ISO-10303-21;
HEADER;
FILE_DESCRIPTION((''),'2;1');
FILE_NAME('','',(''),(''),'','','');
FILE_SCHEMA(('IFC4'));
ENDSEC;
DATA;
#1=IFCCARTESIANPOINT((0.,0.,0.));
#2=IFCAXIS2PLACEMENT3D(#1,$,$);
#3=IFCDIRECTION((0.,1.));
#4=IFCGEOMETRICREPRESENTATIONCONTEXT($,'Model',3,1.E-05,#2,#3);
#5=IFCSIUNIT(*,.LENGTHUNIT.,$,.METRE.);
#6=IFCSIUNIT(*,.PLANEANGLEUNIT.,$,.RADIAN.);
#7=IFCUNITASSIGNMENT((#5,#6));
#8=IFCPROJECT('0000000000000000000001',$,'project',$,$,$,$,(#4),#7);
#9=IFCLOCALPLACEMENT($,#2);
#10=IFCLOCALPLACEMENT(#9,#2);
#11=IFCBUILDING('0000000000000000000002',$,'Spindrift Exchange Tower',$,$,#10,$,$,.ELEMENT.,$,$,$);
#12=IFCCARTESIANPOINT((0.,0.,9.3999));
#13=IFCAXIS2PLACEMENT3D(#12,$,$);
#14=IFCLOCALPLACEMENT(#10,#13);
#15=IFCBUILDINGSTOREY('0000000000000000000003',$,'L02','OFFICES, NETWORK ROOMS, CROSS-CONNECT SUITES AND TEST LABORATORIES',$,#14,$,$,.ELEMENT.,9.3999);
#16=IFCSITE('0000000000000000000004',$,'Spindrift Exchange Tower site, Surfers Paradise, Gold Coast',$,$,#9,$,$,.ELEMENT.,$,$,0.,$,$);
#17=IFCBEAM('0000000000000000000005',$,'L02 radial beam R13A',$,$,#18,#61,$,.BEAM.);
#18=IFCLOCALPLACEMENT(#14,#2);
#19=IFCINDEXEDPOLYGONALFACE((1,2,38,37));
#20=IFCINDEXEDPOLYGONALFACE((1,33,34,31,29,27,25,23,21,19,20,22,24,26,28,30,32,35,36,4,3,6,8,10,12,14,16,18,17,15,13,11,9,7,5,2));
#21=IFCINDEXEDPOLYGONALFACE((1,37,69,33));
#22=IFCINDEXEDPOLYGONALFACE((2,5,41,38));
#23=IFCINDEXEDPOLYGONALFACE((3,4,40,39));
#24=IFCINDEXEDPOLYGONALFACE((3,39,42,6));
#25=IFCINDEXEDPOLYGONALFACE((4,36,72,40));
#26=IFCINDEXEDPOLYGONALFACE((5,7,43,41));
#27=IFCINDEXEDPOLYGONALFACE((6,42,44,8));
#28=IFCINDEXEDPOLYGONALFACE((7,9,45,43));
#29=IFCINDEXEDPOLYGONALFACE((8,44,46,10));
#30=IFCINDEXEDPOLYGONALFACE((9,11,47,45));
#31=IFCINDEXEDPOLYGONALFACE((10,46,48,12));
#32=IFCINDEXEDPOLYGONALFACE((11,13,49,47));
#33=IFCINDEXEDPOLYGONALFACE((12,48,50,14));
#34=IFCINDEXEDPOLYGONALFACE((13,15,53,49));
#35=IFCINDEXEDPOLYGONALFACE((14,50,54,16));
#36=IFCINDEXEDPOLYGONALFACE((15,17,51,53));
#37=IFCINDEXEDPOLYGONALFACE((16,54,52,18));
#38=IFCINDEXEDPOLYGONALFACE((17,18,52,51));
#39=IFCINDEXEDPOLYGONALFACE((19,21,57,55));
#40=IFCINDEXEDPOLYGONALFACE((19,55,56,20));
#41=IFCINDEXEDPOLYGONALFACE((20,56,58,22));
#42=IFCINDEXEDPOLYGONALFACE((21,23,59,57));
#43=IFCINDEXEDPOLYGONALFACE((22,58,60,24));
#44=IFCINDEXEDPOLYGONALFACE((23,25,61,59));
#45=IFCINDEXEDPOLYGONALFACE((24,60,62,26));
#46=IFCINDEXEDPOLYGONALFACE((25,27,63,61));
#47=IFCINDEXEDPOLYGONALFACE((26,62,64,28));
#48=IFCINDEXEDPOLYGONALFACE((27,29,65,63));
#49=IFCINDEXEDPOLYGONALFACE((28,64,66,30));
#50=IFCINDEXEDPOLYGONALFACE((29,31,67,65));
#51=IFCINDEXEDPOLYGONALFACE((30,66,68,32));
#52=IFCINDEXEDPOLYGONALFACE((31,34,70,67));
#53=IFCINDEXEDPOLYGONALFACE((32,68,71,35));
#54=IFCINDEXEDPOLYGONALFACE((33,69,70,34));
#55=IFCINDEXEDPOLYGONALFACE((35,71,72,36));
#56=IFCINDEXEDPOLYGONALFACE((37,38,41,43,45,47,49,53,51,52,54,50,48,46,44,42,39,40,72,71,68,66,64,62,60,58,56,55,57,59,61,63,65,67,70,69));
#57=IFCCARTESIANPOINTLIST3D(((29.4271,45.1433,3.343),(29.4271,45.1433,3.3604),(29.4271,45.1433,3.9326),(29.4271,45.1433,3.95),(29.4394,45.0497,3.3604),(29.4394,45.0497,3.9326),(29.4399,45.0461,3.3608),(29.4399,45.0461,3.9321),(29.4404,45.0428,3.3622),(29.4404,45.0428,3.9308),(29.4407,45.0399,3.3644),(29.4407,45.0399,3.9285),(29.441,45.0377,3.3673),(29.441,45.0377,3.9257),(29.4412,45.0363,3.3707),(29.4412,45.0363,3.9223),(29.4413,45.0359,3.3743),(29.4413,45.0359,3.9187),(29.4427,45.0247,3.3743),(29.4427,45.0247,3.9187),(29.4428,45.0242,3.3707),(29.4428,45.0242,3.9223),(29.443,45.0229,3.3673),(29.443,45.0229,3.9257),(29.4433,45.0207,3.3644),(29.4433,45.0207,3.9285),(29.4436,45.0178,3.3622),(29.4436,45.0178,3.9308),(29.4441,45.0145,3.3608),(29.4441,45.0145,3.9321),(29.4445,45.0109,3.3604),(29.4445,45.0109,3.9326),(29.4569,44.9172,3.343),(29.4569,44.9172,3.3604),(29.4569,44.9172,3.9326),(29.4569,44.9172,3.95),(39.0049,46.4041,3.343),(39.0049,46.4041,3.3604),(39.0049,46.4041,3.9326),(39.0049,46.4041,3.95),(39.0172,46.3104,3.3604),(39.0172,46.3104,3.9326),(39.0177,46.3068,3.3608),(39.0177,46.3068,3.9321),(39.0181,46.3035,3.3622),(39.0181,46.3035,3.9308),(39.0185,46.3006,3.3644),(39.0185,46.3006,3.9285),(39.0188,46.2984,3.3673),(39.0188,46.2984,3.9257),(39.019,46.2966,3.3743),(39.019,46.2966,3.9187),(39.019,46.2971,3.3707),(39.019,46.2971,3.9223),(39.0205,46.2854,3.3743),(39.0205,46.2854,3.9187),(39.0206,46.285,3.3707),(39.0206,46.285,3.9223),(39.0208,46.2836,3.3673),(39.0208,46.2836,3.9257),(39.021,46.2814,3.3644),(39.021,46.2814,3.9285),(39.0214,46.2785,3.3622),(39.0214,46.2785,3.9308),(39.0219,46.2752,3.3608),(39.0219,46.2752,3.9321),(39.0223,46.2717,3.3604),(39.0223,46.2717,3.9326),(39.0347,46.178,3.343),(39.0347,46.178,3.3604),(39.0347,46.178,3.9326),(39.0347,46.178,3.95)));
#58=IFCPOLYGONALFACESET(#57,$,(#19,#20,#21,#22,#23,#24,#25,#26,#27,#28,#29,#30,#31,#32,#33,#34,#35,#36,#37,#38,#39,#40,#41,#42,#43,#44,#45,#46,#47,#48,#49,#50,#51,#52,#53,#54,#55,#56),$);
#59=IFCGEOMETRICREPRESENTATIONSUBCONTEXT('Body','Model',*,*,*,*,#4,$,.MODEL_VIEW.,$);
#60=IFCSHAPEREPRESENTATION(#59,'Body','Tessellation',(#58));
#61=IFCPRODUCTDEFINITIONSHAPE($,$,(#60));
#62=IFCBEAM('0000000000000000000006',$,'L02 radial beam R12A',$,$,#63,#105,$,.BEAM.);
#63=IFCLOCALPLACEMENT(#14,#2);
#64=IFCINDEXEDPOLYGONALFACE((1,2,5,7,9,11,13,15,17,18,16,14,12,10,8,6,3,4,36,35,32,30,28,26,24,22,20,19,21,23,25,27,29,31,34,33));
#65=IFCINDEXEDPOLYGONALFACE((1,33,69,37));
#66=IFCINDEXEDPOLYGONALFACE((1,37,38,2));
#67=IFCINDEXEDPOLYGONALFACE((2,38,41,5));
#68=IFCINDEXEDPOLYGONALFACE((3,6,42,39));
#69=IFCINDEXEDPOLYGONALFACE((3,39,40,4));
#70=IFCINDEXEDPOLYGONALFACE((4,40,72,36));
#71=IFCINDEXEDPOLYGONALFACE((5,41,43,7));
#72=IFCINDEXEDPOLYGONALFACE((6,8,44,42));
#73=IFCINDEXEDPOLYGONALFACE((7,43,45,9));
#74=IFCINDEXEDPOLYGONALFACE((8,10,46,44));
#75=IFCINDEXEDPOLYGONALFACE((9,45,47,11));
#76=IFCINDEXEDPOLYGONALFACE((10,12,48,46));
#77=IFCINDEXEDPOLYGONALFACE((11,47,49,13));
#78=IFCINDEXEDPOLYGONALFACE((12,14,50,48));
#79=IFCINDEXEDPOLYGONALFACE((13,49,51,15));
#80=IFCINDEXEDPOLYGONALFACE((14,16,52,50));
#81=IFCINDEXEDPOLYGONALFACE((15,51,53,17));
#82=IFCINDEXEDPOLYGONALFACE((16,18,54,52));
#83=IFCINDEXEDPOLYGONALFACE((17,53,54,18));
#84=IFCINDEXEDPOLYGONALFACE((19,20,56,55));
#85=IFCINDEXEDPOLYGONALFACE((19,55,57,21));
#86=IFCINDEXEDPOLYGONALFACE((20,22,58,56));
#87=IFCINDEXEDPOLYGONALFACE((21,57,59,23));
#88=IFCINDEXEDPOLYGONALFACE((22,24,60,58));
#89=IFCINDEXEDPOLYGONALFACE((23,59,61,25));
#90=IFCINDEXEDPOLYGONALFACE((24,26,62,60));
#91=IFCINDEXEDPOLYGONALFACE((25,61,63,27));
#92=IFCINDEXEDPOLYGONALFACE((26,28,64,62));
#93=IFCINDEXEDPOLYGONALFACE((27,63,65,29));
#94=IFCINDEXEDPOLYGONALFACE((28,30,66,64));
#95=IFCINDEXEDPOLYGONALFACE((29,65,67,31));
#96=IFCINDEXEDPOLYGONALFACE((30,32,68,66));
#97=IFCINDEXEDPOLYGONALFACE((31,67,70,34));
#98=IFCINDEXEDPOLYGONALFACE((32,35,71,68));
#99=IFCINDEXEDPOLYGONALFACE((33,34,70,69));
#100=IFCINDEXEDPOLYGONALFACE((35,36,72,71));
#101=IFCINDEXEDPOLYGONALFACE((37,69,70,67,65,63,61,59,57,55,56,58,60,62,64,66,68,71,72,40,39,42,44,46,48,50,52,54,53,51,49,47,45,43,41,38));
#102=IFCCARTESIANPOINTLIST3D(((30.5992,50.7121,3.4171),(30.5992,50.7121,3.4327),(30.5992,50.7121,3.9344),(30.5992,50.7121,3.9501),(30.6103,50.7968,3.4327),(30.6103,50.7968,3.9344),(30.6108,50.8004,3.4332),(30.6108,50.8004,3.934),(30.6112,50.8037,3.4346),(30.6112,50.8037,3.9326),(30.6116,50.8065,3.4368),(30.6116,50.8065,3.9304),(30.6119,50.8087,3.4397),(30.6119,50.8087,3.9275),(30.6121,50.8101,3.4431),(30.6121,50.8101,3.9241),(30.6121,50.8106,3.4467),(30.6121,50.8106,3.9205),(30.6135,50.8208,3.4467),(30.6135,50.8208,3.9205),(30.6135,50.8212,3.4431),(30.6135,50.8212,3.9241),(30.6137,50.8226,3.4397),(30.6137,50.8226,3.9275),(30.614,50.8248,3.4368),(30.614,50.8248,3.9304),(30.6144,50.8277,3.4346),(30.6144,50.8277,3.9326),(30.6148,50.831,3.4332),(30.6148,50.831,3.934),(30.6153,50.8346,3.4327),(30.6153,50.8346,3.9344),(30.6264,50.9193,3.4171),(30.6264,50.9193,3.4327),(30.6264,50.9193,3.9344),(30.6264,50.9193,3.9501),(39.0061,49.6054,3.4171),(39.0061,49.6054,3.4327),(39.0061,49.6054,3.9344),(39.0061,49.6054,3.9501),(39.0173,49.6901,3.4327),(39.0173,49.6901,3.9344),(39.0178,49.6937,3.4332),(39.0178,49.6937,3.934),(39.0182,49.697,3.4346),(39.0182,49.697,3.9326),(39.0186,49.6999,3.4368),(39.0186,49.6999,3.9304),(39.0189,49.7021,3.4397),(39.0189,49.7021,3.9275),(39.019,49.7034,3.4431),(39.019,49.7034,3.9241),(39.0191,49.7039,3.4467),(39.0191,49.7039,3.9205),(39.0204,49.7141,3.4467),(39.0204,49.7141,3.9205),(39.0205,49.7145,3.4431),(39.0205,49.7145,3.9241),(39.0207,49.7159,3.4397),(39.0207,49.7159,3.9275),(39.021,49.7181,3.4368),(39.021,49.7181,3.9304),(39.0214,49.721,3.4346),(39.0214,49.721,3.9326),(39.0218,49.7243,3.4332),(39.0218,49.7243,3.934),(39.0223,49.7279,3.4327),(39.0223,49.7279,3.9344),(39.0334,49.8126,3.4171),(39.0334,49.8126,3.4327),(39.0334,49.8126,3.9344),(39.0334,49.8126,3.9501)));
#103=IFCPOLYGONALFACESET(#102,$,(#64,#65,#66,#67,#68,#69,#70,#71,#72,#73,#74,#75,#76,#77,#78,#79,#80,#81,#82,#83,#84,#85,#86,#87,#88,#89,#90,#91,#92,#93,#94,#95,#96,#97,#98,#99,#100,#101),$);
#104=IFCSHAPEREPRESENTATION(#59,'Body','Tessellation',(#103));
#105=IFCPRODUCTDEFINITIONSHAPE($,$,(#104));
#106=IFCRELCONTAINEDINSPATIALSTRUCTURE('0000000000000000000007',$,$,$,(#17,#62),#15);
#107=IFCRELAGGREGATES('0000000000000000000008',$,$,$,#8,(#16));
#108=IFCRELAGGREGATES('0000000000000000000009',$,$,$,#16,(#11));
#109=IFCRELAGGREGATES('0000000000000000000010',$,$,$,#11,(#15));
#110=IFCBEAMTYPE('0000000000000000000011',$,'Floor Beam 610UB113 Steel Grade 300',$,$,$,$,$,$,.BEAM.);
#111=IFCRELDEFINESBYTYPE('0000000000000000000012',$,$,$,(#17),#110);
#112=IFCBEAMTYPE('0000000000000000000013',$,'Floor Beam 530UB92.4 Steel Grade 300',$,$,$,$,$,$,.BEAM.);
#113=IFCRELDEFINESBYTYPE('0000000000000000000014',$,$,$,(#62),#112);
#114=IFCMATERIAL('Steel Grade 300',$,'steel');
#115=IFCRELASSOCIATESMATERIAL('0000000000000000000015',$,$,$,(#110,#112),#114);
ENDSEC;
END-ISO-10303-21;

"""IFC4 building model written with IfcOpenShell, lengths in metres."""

from ifc_helpers import new_model, si_unit, direction, frame, origin, origin_2d, place, context, subcontext, project, spatial, i_section, extrude, source, transform, mapped, material, material_profile, profile_set, type_object, element, save


model = new_model("IFC4")

# Units and contexts
model_context = context("Model", 3, precision=1e-05, world=origin(), true_north=direction((0.0, 1.0)))
body_context = subcontext(model_context, "Body", "Model", "MODEL_VIEW")
ifc_project = project(units=[si_unit("LENGTHUNIT", "METRE"), si_unit("PLANEANGLEUNIT", "RADIAN")], contexts=[model_context])

# Site, building, storey
site_placement = place(None, origin())
site = spatial("IfcSite", under=ifc_project, at=site_placement, Name="Spindrift Exchange Tower site, Surfers Paradise, Gold Coast", CompositionType="ELEMENT", RefElevation=0.0)
building_placement = place(site_placement, origin())
building = spatial("IfcBuilding", under=site, at=building_placement, Name="Spindrift Exchange Tower", CompositionType="ELEMENT")
storey_placement = place(building_placement, frame((0.0, 0.0, 9.3999)))
storey = spatial("IfcBuildingStorey", under=building, at=storey_placement, Name="L02", Description="OFFICES, NETWORK ROOMS, CROSS-CONNECT SUITES AND TEST LABORATORIES", CompositionType="ELEMENT", Elevation=9.3999)

# Beams
ifc_material_1 = material(Name="Steel Grade 300", Category="steel")
ifc_material_profile_1 = material_profile(ifc_material_1, i_section(OverallWidth=0.228, OverallDepth=0.6069, WebThickness=0.0112, FlangeThickness=0.0173, FilletRadius=0.0139, at=origin_2d()), Name="610UB113")
ifc_profile_set_1 = profile_set([ifc_material_profile_1], Name="Steel Grade 300")
beam_type_1 = type_object("IfcBeamType", Name="Floor Beam 610UB113 Steel Grade 300", PredefinedType="BEAM", material=ifc_profile_set_1)
shared_shape_1 = source(origin(), body_context, "Body", "SweptSolid", [
    extrude(i_section(OverallWidth=0.228, OverallDepth=0.6069, WebThickness=0.0112, FlangeThickness=0.0173, FilletRadius=0.0139, at=origin_2d()), origin(), (0.0, 0.0, 1.0), 9.6604),
])
beam_1_placement = place(storey_placement, frame((39.0198, 46.291, 3.6465), z_axis=(-0.991448, -0.130505, 0.0), x_axis=(0.130505, -0.991448, 0.0)))
element("IfcBeam", 1, at=beam_1_placement, inside=storey, type_object=beam_type_1, Name="L02 radial beam R13A", PredefinedType="BEAM", context=body_context, shape_type="MappedRepresentation", body=[
    mapped(shared_shape_1, transform((0.0, 0.0, 0.0), scale=1.0)),
])
ifc_material_profile_2 = material_profile(ifc_material_1, i_section(OverallWidth=0.209, OverallDepth=0.533, WebThickness=0.0103, FlangeThickness=0.0156, FilletRadius=0.0139, at=origin_2d()), Name="530UB92.4")
ifc_profile_set_2 = profile_set([ifc_material_profile_2], Name="Steel Grade 300")
beam_type_2 = type_object("IfcBeamType", Name="Floor Beam 530UB92.4 Steel Grade 300", PredefinedType="BEAM", material=ifc_profile_set_2)
shared_shape_2 = source(origin(), body_context, "Body", "SweptSolid", [
    extrude(i_section(OverallWidth=0.209, OverallDepth=0.533, WebThickness=0.0103, FlangeThickness=0.0156, FilletRadius=0.0139, at=origin_2d()), origin(), (0.0, 0.0, 1.0), 8.4795),
])
beam_2_placement = place(storey_placement, frame((39.0198, 49.709, 3.6836), z_axis=(-0.991447, 0.130513, 0.0), x_axis=(-0.130513, -0.991447, 0.0)))
element("IfcBeam", 2, at=beam_2_placement, inside=storey, type_object=beam_type_2, Name="L02 radial beam R12A", PredefinedType="BEAM", context=body_context, shape_type="MappedRepresentation", body=[
    mapped(shared_shape_2, transform((0.0, 0.0, 0.0), scale=1.0)),
])

save(model, "model.ifc")
